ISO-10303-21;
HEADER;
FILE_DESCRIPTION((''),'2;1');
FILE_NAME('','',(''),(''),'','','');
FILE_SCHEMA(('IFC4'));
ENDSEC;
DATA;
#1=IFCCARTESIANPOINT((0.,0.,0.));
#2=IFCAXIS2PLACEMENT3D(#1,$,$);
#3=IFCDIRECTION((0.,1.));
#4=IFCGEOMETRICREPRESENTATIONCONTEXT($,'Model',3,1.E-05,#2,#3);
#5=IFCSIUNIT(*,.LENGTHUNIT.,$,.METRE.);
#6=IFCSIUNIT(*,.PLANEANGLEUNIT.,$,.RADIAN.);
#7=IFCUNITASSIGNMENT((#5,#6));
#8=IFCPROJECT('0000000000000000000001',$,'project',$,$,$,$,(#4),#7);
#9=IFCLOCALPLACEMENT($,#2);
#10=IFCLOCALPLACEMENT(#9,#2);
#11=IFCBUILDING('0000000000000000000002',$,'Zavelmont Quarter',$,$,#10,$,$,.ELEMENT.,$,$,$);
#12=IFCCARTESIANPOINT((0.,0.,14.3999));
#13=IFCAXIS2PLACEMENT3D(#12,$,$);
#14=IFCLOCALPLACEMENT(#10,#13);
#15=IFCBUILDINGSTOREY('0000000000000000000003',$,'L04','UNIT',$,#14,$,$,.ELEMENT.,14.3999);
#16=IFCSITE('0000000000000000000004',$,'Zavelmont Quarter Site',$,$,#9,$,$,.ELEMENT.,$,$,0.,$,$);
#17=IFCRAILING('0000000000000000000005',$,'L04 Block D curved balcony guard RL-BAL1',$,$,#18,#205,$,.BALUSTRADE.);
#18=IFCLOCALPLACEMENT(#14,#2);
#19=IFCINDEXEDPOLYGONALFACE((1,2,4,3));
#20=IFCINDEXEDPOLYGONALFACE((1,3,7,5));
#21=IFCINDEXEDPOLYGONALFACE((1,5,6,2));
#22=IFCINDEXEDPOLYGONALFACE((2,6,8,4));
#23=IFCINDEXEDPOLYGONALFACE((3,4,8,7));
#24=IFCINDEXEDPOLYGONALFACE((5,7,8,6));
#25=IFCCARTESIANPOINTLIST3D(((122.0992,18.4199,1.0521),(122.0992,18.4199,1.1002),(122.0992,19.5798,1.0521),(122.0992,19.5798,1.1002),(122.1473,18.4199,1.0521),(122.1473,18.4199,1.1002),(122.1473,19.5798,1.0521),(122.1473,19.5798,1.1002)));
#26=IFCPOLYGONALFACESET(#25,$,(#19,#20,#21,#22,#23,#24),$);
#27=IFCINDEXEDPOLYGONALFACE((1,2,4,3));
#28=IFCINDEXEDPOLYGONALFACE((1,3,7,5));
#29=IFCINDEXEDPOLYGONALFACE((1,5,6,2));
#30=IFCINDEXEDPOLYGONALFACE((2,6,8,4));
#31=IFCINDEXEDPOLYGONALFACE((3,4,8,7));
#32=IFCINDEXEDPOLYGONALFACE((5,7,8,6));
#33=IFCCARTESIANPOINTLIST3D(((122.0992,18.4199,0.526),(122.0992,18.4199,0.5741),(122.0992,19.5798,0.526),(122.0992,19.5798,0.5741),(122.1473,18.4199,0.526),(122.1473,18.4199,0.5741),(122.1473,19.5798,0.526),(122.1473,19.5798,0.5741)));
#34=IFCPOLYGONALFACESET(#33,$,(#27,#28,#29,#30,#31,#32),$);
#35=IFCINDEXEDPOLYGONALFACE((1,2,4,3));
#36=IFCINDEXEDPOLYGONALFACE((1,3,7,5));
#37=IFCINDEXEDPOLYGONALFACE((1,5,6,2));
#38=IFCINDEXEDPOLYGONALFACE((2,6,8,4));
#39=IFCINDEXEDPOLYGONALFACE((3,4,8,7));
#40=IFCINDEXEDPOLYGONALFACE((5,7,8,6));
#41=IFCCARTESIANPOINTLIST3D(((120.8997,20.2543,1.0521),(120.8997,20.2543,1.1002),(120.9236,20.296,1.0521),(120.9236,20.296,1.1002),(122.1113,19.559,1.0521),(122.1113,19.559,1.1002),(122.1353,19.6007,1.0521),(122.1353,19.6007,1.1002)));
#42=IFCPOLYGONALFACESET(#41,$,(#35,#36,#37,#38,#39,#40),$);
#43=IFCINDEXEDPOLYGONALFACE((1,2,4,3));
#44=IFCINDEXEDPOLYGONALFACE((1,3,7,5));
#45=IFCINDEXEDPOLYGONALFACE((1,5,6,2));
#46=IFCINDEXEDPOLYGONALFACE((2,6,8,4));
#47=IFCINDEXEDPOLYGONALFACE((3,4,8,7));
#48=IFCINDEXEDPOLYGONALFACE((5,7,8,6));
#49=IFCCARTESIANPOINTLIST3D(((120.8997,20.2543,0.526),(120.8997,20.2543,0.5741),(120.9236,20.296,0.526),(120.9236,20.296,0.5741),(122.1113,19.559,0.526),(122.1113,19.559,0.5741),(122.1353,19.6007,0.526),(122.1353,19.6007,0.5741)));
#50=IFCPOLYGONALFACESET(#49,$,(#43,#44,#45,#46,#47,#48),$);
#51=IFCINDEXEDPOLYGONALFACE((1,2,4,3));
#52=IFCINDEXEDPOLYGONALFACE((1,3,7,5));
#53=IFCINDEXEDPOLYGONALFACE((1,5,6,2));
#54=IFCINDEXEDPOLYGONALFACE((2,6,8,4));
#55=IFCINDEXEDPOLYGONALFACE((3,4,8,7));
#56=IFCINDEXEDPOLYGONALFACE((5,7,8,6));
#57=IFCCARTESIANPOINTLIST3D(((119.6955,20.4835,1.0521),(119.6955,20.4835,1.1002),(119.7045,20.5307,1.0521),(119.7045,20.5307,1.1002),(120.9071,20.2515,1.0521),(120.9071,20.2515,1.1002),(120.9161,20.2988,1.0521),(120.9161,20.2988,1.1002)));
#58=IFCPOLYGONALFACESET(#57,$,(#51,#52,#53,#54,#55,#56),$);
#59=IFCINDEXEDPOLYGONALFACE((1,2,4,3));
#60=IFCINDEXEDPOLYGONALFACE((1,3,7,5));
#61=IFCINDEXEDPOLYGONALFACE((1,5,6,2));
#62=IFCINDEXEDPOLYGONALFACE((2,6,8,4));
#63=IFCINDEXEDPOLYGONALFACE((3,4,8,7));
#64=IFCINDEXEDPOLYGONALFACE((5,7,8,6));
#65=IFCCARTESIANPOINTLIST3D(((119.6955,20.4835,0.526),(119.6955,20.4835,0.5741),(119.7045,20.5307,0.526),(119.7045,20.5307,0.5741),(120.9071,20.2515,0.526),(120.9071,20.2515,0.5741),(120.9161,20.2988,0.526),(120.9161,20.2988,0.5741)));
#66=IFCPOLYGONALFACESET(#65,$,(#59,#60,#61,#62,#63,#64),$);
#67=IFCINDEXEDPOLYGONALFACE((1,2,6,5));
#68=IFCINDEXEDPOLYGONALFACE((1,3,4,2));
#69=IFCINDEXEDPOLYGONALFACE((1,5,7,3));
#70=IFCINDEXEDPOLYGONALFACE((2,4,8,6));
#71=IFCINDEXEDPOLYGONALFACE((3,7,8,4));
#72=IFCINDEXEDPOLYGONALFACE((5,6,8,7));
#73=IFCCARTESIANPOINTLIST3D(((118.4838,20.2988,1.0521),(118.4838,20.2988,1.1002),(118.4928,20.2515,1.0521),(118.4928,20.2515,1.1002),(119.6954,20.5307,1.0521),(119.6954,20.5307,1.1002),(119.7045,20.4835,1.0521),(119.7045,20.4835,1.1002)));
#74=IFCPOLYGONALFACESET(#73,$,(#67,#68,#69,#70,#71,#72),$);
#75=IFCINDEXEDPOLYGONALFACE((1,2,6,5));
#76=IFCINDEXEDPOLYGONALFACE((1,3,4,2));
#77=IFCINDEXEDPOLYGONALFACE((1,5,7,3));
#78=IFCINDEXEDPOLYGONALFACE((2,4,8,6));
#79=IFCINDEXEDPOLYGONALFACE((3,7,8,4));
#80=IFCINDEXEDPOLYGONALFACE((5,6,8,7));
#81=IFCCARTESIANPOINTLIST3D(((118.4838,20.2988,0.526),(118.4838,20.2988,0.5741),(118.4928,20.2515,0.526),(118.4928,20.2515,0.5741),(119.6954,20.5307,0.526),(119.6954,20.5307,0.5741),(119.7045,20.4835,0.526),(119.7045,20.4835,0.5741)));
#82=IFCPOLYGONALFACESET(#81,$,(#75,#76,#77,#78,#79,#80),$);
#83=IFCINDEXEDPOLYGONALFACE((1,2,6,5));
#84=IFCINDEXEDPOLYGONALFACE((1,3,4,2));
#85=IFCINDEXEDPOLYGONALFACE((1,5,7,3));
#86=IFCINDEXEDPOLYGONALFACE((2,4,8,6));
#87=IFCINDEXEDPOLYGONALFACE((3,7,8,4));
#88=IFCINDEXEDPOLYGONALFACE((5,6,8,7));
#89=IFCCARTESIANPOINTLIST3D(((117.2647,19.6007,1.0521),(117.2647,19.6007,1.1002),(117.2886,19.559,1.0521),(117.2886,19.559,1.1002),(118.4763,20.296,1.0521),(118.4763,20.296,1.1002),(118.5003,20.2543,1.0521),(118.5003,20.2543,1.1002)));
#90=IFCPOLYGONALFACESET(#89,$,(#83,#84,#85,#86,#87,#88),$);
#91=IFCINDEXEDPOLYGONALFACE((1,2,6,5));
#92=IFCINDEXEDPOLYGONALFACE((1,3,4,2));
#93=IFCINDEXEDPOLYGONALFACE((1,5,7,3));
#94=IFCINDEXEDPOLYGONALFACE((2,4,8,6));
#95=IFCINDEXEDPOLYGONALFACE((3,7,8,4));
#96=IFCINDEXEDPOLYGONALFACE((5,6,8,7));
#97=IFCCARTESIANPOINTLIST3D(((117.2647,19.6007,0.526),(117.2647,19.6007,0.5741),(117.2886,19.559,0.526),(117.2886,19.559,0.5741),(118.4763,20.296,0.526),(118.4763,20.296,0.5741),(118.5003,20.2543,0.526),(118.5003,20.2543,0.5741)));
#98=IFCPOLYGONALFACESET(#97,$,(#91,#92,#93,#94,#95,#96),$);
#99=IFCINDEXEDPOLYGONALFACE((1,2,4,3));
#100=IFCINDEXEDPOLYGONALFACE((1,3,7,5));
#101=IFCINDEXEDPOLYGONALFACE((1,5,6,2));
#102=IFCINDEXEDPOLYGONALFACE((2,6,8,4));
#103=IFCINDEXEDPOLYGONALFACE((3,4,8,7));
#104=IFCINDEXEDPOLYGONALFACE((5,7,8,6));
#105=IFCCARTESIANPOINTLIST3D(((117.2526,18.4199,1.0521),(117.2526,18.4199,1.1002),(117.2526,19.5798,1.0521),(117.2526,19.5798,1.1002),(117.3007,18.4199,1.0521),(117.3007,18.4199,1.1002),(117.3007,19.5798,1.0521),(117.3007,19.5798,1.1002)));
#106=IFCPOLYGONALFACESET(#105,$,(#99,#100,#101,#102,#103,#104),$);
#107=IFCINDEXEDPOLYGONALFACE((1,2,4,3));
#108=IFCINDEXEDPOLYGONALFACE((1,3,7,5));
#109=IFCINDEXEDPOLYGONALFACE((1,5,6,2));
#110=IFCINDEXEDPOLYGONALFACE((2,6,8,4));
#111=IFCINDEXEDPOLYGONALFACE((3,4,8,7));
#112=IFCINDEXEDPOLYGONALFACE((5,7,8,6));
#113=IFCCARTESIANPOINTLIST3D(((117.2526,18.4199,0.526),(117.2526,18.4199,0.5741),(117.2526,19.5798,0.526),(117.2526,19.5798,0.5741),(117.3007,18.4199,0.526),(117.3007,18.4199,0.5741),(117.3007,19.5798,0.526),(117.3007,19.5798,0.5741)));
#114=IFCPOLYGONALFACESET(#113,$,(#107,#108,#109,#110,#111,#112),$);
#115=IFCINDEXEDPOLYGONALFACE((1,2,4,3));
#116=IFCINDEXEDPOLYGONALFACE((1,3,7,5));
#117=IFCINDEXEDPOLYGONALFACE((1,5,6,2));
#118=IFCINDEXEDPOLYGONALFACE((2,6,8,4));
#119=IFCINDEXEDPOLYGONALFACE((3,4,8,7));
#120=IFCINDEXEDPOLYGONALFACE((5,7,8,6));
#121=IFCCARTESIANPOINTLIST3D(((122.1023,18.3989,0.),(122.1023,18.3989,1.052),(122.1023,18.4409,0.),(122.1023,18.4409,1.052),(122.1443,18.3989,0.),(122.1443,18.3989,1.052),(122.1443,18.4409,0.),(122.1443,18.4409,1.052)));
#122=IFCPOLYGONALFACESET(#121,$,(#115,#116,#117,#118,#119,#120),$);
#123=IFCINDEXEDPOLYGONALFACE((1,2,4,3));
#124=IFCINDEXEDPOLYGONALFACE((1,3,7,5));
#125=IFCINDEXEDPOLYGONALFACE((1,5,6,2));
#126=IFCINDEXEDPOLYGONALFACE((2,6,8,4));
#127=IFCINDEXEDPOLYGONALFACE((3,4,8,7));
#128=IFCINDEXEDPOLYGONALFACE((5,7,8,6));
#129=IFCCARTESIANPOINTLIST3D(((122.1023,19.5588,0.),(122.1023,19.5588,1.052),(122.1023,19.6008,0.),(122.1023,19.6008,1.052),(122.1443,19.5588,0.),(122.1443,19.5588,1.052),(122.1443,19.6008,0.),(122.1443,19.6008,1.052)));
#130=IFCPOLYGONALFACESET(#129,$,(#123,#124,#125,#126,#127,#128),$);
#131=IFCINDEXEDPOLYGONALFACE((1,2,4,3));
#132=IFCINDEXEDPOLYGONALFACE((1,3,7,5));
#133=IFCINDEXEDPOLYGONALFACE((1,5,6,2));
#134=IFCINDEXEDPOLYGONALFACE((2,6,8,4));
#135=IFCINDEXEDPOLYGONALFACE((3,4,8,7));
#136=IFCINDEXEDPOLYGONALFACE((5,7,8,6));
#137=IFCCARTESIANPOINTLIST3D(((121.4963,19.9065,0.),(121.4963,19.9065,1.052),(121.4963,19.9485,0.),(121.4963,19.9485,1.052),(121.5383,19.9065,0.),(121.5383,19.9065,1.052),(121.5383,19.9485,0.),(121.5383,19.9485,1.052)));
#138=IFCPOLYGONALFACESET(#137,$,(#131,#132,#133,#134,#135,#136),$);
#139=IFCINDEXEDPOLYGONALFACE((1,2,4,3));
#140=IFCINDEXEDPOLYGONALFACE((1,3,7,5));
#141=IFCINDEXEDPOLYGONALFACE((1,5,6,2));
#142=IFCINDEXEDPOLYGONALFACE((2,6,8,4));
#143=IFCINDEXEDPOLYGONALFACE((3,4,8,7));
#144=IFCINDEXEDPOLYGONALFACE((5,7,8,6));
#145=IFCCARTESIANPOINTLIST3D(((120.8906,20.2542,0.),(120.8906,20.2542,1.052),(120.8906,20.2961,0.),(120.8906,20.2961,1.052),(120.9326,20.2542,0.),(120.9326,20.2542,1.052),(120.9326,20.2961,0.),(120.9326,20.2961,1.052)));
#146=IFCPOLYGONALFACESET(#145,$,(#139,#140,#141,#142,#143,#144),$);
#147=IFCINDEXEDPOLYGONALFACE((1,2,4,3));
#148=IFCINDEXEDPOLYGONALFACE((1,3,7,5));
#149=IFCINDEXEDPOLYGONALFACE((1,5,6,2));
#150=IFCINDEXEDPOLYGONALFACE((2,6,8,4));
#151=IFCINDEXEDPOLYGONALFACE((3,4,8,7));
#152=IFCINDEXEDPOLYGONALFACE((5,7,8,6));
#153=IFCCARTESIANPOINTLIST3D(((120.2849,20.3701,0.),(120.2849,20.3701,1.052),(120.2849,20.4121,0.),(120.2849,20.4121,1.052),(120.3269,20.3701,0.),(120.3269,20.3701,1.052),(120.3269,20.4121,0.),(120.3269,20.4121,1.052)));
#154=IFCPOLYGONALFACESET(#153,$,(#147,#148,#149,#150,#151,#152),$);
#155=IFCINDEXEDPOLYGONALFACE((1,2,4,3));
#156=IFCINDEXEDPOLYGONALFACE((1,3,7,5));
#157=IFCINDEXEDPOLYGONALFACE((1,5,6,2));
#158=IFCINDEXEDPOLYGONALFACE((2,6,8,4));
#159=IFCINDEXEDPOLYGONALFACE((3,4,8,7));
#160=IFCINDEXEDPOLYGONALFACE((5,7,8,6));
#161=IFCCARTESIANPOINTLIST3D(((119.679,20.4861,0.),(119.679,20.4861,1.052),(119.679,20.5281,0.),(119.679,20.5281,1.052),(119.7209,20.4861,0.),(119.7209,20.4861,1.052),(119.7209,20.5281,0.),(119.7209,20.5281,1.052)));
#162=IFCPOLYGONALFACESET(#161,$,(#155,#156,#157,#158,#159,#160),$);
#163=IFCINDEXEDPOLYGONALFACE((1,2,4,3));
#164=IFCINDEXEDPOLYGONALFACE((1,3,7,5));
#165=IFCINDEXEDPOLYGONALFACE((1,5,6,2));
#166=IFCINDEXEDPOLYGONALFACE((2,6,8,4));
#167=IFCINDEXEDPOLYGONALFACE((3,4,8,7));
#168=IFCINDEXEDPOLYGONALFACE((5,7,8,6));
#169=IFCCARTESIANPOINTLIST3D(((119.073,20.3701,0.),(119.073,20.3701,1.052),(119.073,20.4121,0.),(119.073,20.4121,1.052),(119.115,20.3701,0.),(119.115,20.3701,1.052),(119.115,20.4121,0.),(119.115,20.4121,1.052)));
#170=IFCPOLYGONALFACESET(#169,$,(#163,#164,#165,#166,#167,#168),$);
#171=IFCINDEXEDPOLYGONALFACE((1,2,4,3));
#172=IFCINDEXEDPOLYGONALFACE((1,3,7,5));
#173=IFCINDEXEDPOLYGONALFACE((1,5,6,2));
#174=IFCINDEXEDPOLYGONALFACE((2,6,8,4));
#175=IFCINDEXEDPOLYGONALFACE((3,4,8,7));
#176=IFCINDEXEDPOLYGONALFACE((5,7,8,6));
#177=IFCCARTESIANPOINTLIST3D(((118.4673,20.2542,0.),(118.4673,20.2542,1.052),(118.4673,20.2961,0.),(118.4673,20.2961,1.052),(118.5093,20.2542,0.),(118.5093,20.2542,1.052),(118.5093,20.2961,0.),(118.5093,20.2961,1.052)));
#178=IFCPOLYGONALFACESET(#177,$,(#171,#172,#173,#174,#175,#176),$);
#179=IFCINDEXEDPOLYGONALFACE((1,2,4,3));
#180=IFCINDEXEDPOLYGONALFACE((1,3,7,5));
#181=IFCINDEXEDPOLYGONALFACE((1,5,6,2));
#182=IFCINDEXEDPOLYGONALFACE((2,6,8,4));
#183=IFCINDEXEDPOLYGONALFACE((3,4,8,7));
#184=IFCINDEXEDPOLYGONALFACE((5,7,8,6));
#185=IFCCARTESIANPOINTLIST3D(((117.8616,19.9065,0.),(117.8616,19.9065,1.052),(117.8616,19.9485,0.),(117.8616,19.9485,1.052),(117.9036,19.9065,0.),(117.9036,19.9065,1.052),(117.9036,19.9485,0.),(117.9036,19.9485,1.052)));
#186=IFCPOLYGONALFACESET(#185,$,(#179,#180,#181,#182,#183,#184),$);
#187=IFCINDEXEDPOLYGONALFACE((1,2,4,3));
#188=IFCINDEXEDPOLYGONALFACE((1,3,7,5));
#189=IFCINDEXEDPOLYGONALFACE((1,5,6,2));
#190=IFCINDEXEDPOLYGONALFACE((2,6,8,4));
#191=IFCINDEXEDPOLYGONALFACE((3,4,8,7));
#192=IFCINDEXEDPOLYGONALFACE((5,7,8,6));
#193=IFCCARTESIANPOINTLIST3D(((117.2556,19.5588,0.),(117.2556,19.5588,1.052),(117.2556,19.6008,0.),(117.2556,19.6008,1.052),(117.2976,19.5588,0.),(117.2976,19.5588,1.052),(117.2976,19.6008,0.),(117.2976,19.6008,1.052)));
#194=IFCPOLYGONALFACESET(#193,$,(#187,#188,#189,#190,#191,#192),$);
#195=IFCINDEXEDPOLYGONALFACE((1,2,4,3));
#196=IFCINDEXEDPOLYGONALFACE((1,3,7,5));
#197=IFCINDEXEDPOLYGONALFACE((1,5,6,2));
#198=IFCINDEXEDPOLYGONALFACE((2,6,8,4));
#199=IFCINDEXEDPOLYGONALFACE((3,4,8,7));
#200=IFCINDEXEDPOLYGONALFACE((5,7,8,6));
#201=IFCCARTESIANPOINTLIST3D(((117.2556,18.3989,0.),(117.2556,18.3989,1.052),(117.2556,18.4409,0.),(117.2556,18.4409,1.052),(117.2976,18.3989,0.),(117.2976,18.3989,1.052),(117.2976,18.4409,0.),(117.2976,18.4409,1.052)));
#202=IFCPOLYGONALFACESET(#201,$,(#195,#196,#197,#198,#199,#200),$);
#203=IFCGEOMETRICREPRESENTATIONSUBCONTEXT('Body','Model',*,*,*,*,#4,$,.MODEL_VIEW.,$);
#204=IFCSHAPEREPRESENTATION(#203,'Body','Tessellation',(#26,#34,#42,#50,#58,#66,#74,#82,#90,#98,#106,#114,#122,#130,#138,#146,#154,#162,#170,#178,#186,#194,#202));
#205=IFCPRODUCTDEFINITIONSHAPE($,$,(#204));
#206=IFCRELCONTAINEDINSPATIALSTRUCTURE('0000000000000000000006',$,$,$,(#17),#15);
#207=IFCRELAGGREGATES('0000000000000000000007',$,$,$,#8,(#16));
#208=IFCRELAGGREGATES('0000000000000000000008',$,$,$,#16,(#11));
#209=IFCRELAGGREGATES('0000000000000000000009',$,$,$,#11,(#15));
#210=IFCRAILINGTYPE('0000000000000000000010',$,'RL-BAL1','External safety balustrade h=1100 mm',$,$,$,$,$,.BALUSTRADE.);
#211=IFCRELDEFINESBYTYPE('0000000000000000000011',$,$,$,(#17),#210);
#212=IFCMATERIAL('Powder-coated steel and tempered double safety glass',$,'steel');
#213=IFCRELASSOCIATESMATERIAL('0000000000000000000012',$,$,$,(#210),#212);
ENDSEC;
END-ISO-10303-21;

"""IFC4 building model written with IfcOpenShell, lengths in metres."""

from ifc_helpers import new_model, si_unit, direction, frame, origin, origin_2d, place, context, subcontext, project, spatial, rectangle, extrude, material, type_object, element, save


model = new_model("IFC4")

# Units and contexts
model_context = context("Model", 3, precision=1e-05, world=origin(), true_north=direction((0.0, 1.0)))
body_context = subcontext(model_context, "Body", "Model", "MODEL_VIEW")
ifc_project = project(units=[si_unit("LENGTHUNIT", "METRE"), si_unit("PLANEANGLEUNIT", "RADIAN")], contexts=[model_context])

# Site, building, storey
site_placement = place(None, origin())
site = spatial("IfcSite", under=ifc_project, at=site_placement, Name="Zavelmont Quarter Site", CompositionType="ELEMENT", RefElevation=0.0)
building_placement = place(site_placement, origin())
building = spatial("IfcBuilding", under=site, at=building_placement, Name="Zavelmont Quarter", CompositionType="ELEMENT")
storey_placement = place(building_placement, frame((0.0, 0.0, 14.3999)))
storey = spatial("IfcBuildingStorey", under=building, at=storey_placement, Name="L04", Description="UNIT", CompositionType="ELEMENT", Elevation=14.3999)

# Railing
ifc_material_1 = material(Name="Powder-coated steel and tempered double safety glass", Category="steel")
railing_type_1 = type_object("IfcRailingType", Name="RL-BAL1", Description="External safety balustrade h=1100 mm", PredefinedType="BALUSTRADE", material=ifc_material_1)
railing_1_placement = place(storey_placement, frame((122.1233, 18.4199, 0.0)))
element("IfcRailing", 1, at=railing_1_placement, inside=storey, type_object=railing_type_1, Name="L04 Block D curved balcony guard RL-BAL1", PredefinedType="BALUSTRADE", context=body_context, shape_type="SweptSolid", body=[
    extrude(rectangle(XDim=0.0481, YDim=0.0481, at=origin_2d()), frame((0.0, 0.0, 1.0762), z_axis=(0.0, 1.0, 0.0), x_axis=(-1.0, 0.0, 0.0)), (0.0, 0.0, 1.0), 1.1599),
    extrude(rectangle(XDim=0.0481, YDim=0.0481, at=origin_2d()), frame((0.0, 0.0, 0.55), z_axis=(0.0, 1.0, 0.0), x_axis=(-1.0, 0.0, 0.0)), (0.0, 0.0, 1.0), 1.1599),
    extrude(rectangle(XDim=0.0481, YDim=0.0481, at=origin_2d()), frame((0.0, 1.1599, 1.0762), z_axis=(-0.867338, 0.497719, 0.0), x_axis=(-0.497719, -0.867338, 0.0)), (0.0, 0.0, 1.0), 1.397),
    extrude(rectangle(XDim=0.0481, YDim=0.0481, at=origin_2d()), frame((0.0, 1.1599, 0.55), z_axis=(-0.867338, 0.497719, 0.0), x_axis=(-0.497719, -0.867338, 0.0)), (0.0, 0.0, 1.0), 1.397),
    extrude(rectangle(XDim=0.0481, YDim=0.0481, at=origin_2d()), frame((-1.2117, 1.8552, 1.0762), z_axis=(-0.982168, 0.188003, 0.0), x_axis=(-0.188003, -0.982168, 0.0)), (0.0, 0.0, 1.0), 1.2336),
    extrude(rectangle(XDim=0.0481, YDim=0.0481, at=origin_2d()), frame((-1.2117, 1.8552, 0.55), z_axis=(-0.982168, 0.188003, 0.0), x_axis=(-0.188003, -0.982168, 0.0)), (0.0, 0.0, 1.0), 1.2336),
    extrude(rectangle(XDim=0.0481, YDim=0.0481, at=origin_2d()), frame((-2.4233, 2.0872, 1.0762), z_axis=(-0.982168, -0.188003, 0.0), x_axis=(0.188003, -0.982168, 0.0)), (0.0, 0.0, 1.0), 1.2336),
    extrude(rectangle(XDim=0.0481, YDim=0.0481, at=origin_2d()), frame((-2.4233, 2.0872, 0.55), z_axis=(-0.982168, -0.188003, 0.0), x_axis=(0.188003, -0.982168, 0.0)), (0.0, 0.0, 1.0), 1.2336),
    extrude(rectangle(XDim=0.0481, YDim=0.0481, at=origin_2d()), frame((-3.635, 1.8552, 1.0762), z_axis=(-0.867338, -0.497719, 0.0), x_axis=(0.497719, -0.867338, 0.0)), (0.0, 0.0, 1.0), 1.397),
    extrude(rectangle(XDim=0.0481, YDim=0.0481, at=origin_2d()), frame((-3.635, 1.8552, 0.55), z_axis=(-0.867338, -0.497719, 0.0), x_axis=(0.497719, -0.867338, 0.0)), (0.0, 0.0, 1.0), 1.397),
    extrude(rectangle(XDim=0.0481, YDim=0.0481, at=origin_2d()), frame((-4.8467, 1.1599, 1.0762), z_axis=(0.0, -1.0, 0.0), x_axis=(1.0, 0.0, 0.0)), (0.0, 0.0, 1.0), 1.1599),
    extrude(rectangle(XDim=0.0481, YDim=0.0481, at=origin_2d()), frame((-4.8467, 1.1599, 0.55), z_axis=(0.0, -1.0, 0.0), x_axis=(1.0, 0.0, 0.0)), (0.0, 0.0, 1.0), 1.1599),
    extrude(rectangle(XDim=0.042, YDim=0.042, at=origin_2d()), origin(), (0.0, 0.0, 1.0), 1.052),
    extrude(rectangle(XDim=0.042, YDim=0.042, at=origin_2d()), frame((0.0, 1.1599, 0.0)), (0.0, 0.0, 1.0), 1.052),
    extrude(rectangle(XDim=0.042, YDim=0.042, at=origin_2d()), frame((-0.606, 1.5076, 0.0)), (0.0, 0.0, 1.0), 1.052),
    extrude(rectangle(XDim=0.042, YDim=0.042, at=origin_2d()), frame((-1.2117, 1.8552, 0.0)), (0.0, 0.0, 1.0), 1.052),
    extrude(rectangle(XDim=0.042, YDim=0.042, at=origin_2d()), frame((-1.8174, 1.9712, 0.0)), (0.0, 0.0, 1.0), 1.052),
    extrude(rectangle(XDim=0.042, YDim=0.042, at=origin_2d()), frame((-2.4233, 2.0872, 0.0)), (0.0, 0.0, 1.0), 1.052),
    extrude(rectangle(XDim=0.042, YDim=0.042, at=origin_2d()), frame((-3.0293, 1.9712, 0.0)), (0.0, 0.0, 1.0), 1.052),
    extrude(rectangle(XDim=0.042, YDim=0.042, at=origin_2d()), frame((-3.635, 1.8552, 0.0)), (0.0, 0.0, 1.0), 1.052),
    extrude(rectangle(XDim=0.042, YDim=0.042, at=origin_2d()), frame((-4.2407, 1.5076, 0.0)), (0.0, 0.0, 1.0), 1.052),
    extrude(rectangle(XDim=0.042, YDim=0.042, at=origin_2d()), frame((-4.8467, 1.1599, 0.0)), (0.0, 0.0, 1.0), 1.052),
    extrude(rectangle(XDim=0.042, YDim=0.042, at=origin_2d()), frame((-4.8467, 0.0, 0.0)), (0.0, 0.0, 1.0), 1.052),
])

save(model, "model.ifc")
